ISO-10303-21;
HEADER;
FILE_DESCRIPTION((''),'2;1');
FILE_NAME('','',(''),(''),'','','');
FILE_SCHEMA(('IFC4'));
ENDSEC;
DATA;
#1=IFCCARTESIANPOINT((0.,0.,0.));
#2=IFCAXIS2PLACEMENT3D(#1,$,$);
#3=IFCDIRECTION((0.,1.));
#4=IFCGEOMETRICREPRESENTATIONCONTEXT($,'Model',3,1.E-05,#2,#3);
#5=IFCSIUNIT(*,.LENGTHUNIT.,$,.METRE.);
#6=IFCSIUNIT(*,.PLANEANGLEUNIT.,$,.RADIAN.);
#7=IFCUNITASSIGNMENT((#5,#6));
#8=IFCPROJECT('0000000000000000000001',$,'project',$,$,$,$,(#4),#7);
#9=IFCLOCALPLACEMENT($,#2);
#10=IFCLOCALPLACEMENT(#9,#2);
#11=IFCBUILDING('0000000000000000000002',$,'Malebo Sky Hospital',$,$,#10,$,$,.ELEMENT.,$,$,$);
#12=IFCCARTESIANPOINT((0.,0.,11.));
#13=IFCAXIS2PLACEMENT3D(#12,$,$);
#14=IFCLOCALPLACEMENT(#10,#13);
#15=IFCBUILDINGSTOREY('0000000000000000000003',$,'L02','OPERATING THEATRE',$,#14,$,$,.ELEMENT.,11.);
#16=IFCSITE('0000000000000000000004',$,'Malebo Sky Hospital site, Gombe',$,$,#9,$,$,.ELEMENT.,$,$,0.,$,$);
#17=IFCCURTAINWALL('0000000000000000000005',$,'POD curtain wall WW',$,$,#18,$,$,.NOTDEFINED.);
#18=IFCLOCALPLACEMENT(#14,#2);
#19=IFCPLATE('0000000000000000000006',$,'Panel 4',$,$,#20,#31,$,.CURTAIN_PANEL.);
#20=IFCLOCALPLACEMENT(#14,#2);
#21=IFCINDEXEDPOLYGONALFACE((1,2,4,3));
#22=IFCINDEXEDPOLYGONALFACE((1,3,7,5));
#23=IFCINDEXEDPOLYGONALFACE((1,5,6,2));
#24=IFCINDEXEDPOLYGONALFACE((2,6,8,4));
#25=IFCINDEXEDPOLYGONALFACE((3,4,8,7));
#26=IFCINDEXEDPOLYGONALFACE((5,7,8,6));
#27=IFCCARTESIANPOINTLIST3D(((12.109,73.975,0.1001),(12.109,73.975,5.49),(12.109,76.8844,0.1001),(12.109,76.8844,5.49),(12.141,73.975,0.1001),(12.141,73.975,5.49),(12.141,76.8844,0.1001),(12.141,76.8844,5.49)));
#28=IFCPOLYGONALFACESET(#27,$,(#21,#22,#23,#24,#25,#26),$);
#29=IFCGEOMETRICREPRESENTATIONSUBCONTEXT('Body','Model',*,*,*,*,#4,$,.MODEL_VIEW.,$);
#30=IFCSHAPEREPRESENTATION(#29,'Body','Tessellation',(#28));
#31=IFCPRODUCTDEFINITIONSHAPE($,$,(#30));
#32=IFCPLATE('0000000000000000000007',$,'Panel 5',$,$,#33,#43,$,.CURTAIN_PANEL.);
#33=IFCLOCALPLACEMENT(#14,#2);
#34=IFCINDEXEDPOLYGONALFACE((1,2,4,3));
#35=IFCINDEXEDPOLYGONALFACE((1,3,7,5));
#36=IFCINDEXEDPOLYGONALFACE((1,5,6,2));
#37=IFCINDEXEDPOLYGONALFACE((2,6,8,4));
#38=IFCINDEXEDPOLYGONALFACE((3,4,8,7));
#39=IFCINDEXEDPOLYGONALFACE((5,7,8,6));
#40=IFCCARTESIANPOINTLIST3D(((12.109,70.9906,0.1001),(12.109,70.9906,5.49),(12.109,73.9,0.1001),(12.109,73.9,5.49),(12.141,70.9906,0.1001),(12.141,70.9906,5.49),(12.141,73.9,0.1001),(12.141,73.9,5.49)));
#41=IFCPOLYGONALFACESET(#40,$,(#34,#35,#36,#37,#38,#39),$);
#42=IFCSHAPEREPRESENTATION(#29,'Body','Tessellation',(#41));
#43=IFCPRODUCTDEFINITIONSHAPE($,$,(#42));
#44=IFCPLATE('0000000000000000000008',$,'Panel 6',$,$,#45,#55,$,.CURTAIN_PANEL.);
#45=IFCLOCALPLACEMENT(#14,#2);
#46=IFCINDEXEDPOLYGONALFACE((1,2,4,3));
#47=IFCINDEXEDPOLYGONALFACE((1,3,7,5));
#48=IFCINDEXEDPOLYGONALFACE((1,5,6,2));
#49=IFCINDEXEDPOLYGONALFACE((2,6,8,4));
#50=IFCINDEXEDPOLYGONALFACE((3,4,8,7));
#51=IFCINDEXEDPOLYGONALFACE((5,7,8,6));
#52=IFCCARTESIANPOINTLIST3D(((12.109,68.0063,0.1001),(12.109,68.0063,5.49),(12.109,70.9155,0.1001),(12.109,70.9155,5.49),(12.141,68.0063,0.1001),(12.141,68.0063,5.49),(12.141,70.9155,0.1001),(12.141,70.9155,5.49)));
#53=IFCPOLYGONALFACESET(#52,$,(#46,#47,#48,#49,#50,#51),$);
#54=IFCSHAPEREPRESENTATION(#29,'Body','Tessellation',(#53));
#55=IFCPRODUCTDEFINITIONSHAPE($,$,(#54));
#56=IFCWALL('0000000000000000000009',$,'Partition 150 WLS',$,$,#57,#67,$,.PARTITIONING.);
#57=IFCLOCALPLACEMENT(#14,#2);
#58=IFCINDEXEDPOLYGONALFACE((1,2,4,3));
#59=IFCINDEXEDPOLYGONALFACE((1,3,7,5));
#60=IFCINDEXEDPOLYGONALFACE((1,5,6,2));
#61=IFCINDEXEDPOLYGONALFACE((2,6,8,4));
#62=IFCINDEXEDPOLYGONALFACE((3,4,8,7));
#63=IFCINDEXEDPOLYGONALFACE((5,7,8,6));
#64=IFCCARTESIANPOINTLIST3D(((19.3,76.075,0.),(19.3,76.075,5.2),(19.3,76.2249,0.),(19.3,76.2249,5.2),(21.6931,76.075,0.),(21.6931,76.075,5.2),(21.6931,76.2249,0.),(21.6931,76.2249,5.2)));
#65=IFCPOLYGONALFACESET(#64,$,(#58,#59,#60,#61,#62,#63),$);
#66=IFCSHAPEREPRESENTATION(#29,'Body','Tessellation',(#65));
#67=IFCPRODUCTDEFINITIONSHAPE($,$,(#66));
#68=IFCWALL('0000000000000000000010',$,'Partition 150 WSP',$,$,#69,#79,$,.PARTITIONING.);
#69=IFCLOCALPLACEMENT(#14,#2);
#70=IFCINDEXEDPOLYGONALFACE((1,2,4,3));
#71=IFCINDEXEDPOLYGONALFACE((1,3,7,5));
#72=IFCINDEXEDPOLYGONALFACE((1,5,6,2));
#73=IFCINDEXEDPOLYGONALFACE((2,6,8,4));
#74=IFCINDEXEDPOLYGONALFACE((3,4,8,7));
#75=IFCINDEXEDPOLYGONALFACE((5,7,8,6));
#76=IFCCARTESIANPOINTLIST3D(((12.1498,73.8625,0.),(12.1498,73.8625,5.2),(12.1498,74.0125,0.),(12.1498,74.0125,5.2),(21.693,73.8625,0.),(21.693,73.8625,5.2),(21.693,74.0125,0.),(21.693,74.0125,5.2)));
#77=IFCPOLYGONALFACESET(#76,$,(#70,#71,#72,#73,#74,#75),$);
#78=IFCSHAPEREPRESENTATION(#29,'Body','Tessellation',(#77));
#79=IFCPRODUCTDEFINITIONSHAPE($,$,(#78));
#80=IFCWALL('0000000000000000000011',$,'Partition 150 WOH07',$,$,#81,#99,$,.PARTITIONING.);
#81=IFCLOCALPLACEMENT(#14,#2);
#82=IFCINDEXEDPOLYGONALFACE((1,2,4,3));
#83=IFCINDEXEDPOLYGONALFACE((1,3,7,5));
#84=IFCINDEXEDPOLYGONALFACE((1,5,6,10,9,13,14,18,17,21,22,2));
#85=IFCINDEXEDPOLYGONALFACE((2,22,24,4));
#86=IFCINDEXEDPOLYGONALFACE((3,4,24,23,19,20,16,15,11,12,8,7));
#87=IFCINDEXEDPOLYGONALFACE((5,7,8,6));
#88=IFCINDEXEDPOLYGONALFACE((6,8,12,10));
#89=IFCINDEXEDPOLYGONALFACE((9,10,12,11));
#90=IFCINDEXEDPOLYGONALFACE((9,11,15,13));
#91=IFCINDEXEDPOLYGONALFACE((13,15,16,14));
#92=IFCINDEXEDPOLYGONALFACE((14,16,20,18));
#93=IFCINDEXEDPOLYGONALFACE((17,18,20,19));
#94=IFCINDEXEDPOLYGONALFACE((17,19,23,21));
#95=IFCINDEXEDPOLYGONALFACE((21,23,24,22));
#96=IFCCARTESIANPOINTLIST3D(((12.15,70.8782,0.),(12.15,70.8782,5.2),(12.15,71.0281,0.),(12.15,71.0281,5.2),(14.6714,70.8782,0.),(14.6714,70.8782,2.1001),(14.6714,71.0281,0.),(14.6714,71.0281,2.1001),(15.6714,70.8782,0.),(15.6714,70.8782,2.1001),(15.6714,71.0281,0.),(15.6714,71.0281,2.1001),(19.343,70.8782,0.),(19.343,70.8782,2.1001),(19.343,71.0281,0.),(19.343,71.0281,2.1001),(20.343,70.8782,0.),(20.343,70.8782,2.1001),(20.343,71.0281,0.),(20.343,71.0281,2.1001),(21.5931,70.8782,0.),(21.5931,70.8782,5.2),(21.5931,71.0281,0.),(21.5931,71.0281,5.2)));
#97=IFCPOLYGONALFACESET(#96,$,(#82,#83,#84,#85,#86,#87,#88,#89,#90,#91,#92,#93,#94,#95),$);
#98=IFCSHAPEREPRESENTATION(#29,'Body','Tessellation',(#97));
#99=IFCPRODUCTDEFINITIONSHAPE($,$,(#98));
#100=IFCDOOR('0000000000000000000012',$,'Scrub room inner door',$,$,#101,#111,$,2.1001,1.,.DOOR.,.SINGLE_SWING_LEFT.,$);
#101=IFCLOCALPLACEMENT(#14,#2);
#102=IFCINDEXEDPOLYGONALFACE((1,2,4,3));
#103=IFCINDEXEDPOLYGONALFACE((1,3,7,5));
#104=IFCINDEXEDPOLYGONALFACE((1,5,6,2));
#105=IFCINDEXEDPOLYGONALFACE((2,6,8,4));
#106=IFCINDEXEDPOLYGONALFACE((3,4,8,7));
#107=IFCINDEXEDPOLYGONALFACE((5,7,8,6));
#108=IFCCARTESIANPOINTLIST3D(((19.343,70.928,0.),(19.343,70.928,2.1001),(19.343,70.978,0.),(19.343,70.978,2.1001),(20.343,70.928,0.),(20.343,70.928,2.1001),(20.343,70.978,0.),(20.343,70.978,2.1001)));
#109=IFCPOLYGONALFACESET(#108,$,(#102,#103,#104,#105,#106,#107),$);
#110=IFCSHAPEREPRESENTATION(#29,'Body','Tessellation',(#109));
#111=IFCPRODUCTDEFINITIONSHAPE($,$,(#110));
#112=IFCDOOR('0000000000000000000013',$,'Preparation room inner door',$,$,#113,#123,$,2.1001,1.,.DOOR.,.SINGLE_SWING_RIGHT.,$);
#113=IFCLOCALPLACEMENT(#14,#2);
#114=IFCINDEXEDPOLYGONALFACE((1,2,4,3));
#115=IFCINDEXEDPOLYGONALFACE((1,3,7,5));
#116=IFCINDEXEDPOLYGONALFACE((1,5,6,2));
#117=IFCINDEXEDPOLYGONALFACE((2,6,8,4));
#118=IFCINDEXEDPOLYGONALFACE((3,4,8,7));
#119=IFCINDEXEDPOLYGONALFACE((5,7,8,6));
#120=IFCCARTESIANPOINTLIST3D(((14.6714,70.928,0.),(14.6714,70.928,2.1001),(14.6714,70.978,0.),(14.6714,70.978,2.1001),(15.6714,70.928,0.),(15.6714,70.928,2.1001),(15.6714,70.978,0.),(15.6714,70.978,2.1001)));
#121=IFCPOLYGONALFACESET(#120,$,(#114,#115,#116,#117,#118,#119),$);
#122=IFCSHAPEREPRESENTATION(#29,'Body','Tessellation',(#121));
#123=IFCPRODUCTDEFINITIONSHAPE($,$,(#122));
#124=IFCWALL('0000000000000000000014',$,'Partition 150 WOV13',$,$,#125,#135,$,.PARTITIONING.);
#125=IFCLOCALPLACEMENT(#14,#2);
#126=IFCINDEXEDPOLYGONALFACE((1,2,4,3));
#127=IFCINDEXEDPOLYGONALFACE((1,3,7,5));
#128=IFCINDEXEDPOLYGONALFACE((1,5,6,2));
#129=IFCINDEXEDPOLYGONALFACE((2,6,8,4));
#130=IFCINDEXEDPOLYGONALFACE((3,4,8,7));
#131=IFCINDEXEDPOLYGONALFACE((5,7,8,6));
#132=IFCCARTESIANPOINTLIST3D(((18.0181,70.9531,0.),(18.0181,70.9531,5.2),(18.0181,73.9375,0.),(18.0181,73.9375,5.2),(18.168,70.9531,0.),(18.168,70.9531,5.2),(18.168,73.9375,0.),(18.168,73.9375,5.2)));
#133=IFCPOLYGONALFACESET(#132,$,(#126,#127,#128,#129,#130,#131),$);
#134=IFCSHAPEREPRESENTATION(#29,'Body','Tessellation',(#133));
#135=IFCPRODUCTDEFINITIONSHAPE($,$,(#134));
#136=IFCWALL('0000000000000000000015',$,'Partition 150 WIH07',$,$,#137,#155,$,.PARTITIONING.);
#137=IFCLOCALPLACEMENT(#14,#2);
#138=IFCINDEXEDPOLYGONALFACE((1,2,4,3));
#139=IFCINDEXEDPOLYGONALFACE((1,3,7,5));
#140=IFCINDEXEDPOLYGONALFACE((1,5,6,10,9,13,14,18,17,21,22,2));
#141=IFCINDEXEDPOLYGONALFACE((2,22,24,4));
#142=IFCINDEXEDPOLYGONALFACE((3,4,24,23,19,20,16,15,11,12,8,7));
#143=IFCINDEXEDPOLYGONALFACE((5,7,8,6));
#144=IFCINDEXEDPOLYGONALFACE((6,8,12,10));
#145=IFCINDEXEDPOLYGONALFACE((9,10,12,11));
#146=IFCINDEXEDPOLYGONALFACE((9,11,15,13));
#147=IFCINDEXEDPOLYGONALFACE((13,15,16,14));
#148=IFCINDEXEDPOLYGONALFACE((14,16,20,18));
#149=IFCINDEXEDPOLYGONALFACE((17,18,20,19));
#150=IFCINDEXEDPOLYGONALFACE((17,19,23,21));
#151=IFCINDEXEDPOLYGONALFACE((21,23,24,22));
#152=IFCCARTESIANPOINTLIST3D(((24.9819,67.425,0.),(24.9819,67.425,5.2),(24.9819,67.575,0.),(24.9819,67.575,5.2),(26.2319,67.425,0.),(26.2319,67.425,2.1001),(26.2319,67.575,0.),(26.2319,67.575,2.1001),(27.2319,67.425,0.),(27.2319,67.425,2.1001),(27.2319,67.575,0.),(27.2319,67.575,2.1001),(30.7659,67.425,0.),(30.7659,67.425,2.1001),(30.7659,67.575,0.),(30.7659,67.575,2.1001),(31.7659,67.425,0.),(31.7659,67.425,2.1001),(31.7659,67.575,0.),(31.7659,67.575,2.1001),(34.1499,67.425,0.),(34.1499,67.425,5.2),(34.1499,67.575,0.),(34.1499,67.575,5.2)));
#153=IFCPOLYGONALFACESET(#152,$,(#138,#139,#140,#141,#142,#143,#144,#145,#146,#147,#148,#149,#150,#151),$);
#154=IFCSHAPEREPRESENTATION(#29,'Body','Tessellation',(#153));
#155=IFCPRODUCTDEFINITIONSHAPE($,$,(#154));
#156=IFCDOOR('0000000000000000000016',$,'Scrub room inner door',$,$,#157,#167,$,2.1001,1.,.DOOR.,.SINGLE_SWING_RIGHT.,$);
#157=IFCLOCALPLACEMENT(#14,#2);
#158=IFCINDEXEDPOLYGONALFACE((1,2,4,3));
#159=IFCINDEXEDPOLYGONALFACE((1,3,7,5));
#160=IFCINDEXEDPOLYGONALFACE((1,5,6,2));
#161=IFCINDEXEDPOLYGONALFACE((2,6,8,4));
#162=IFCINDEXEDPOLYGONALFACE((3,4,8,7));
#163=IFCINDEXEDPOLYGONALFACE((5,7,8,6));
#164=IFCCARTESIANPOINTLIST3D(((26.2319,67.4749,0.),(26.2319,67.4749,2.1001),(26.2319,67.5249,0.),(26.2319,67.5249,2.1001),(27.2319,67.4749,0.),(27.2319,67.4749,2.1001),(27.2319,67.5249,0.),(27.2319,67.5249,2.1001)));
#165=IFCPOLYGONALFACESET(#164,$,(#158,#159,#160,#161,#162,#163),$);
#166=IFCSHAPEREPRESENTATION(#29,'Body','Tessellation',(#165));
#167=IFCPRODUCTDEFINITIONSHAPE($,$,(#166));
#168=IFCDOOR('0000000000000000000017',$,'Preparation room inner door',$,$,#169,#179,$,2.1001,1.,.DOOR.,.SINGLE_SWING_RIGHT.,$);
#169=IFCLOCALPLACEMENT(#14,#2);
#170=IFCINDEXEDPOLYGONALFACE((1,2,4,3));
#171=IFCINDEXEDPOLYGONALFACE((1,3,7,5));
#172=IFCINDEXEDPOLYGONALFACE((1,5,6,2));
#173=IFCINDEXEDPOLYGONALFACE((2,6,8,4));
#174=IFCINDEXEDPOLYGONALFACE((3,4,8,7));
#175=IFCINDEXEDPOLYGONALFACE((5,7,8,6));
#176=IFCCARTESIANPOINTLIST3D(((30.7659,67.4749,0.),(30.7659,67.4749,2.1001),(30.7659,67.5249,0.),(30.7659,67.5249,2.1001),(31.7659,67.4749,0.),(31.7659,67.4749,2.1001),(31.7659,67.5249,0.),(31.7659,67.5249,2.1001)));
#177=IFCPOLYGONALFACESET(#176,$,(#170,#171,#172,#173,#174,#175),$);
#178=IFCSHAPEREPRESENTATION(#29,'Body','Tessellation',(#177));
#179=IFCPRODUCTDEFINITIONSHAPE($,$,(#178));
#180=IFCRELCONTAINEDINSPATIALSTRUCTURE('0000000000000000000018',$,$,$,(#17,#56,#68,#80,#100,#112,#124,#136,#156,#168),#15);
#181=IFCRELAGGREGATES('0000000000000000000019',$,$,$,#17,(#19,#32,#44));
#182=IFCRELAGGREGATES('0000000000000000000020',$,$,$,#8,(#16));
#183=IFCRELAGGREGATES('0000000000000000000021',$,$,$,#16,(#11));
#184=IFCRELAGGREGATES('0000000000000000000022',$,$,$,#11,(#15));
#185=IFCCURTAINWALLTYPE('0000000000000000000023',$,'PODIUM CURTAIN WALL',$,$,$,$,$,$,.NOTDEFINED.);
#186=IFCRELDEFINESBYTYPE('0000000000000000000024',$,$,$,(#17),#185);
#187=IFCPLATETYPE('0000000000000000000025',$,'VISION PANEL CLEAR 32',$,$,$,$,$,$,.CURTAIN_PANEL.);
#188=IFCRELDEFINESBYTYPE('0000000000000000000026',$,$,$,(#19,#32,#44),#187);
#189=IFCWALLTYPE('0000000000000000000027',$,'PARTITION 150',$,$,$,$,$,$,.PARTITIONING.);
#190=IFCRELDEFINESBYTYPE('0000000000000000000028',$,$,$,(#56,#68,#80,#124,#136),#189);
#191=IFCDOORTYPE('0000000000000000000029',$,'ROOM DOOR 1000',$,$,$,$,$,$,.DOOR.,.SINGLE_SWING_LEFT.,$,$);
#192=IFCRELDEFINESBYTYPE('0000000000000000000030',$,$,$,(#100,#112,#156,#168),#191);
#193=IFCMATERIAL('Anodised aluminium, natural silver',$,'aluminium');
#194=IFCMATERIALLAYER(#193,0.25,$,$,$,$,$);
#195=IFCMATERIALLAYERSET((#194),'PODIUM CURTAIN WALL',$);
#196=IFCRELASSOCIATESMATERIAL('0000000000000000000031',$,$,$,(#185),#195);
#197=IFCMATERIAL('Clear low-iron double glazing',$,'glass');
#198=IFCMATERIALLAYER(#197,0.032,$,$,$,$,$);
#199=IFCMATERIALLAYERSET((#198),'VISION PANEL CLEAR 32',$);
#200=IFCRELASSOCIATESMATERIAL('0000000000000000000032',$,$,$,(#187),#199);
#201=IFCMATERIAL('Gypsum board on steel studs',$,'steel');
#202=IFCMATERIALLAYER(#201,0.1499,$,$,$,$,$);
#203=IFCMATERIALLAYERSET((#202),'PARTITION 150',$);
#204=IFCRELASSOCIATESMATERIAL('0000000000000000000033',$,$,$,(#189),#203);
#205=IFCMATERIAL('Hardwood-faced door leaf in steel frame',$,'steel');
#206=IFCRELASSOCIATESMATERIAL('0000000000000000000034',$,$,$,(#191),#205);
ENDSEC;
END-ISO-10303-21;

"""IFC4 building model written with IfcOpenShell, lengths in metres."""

from ifc_helpers import new_model, si_unit, direction, frame, frame_2d, origin, origin_2d, place, context, subcontext, project, spatial, rectangle, extrude, material, layer, layer_set, type_object, element, fill, aggregate, save


model = new_model("IFC4")

# Units and contexts
model_context = context("Model", 3, precision=1e-05, world=origin(), true_north=direction((0.0, 1.0)))
body_context = subcontext(model_context, "Body", "Model", "MODEL_VIEW")
ifc_project = project(units=[si_unit("LENGTHUNIT", "METRE"), si_unit("PLANEANGLEUNIT", "RADIAN")], contexts=[model_context])

# Site, building, storey
site_placement = place(None, origin())
site = spatial("IfcSite", under=ifc_project, at=site_placement, Name="Malebo Sky Hospital site, Gombe", CompositionType="ELEMENT", RefElevation=0.0)
building_placement = place(site_placement, origin())
building = spatial("IfcBuilding", under=site, at=building_placement, Name="Malebo Sky Hospital", CompositionType="ELEMENT")
storey_placement = place(building_placement, frame((0.0, 0.0, 11.0)))
storey = spatial("IfcBuildingStorey", under=building, at=storey_placement, Name="L02", Description="OPERATING THEATRE", CompositionType="ELEMENT", Elevation=11.0)

# Curtain wall
ifc_material_1 = material(Name="Anodised aluminium, natural silver", Category="aluminium")
ifc_layer_1 = layer(ifc_material_1, 0.25)
ifc_layer_set_1 = layer_set([ifc_layer_1], Name="PODIUM CURTAIN WALL")
curtain_wall_type = type_object("IfcCurtainWallType", Name="PODIUM CURTAIN WALL", PredefinedType="NOTDEFINED", material=ifc_layer_set_1)
curtain_wall_placement = place(storey_placement, origin())
curtain_wall = element("IfcCurtainWall", 1, at=curtain_wall_placement, inside=storey, type_object=curtain_wall_type, Name="POD curtain wall WW", PredefinedType="NOTDEFINED")

# Plates
ifc_material_2 = material(Name="Clear low-iron double glazing", Category="glass")
ifc_layer_2 = layer(ifc_material_2, 0.032)
ifc_layer_set_2 = layer_set([ifc_layer_2], Name="VISION PANEL CLEAR 32")
plate_type = type_object("IfcPlateType", Name="VISION PANEL CLEAR 32", PredefinedType="CURTAIN_PANEL", material=ifc_layer_set_2)
plate_1_placement = place(storey_placement, frame((12.125, 75.4297, 0.1001), z_axis=(0.0, 0.0, 1.0), x_axis=(0.0, -1.0, 0.0)))
plate_1 = element("IfcPlate", 2, at=plate_1_placement, type_object=plate_type, Name="Panel 4", PredefinedType="CURTAIN_PANEL", context=body_context, shape_type="SweptSolid", body=[
    extrude(rectangle(XDim=2.9094, YDim=0.032, at=origin_2d()), origin(), (0.0, 0.0, 1.0), 5.3899),
])
plate_2_placement = place(storey_placement, frame((12.125, 72.4453, 0.1001), z_axis=(0.0, 0.0, 1.0), x_axis=(0.0, -1.0, 0.0)))
plate_2 = element("IfcPlate", 3, at=plate_2_placement, type_object=plate_type, Name="Panel 5", PredefinedType="CURTAIN_PANEL", context=body_context, shape_type="SweptSolid", body=[
    extrude(rectangle(XDim=2.9094, YDim=0.032, at=origin_2d()), origin(), (0.0, 0.0, 1.0), 5.3899),
])
plate_3_placement = place(storey_placement, frame((12.125, 69.4609, 0.1001), z_axis=(0.0, 0.0, 1.0), x_axis=(0.0, -1.0, 0.0)))
plate_3 = element("IfcPlate", 4, at=plate_3_placement, type_object=plate_type, Name="Panel 6", PredefinedType="CURTAIN_PANEL", context=body_context, shape_type="SweptSolid", body=[
    extrude(rectangle(XDim=2.9092, YDim=0.032, at=origin_2d()), origin(), (0.0, 0.0, 1.0), 5.3899),
])
aggregate(curtain_wall, [plate_1, plate_2, plate_3])

# Walls
ifc_material_3 = material(Name="Gypsum board on steel studs", Category="steel")
ifc_layer_3 = layer(ifc_material_3, 0.1499)
ifc_layer_set_3 = layer_set([ifc_layer_3], Name="PARTITION 150")
wall_type_1 = type_object("IfcWallType", Name="PARTITION 150", PredefinedType="PARTITIONING", material=ifc_layer_set_3)
wall_1_placement = place(storey_placement, frame((19.3, 76.1499, 0.0), z_axis=(0.0, 0.0, 1.0), x_axis=(1.0, 0.0, 0.0)))
element("IfcWall", 5, at=wall_1_placement, inside=storey, type_object=wall_type_1, Name="Partition 150 WLS", PredefinedType="PARTITIONING", context=body_context, shape_type="SweptSolid", body=[
    extrude(rectangle(XDim=2.3931, YDim=0.1499, at=frame_2d((1.1965, 0.0))), origin(), (0.0, 0.0, 1.0), 5.2),
])
wall_2_placement = place(storey_placement, frame((12.1499, 73.9375, 0.0), z_axis=(0.0, 0.0, 1.0), x_axis=(1.0, 0.0, 0.0)))
element("IfcWall", 6, at=wall_2_placement, inside=storey, type_object=wall_type_1, Name="Partition 150 WSP", PredefinedType="PARTITIONING", context=body_context, shape_type="SweptSolid", body=[
    extrude(rectangle(XDim=9.5432, YDim=0.1499, at=frame_2d((4.7715, 0.0))), origin(), (0.0, 0.0, 1.0), 5.2),
])

# Wall, openings, doors
wall_3_placement = place(storey_placement, frame((12.1499, 70.9531, 0.0), z_axis=(0.0, 0.0, 1.0), x_axis=(1.0, 0.0, 0.0)))
wall_3 = element("IfcWall", 7, at=wall_3_placement, inside=storey, type_object=wall_type_1, Name="Partition 150 WOH07", PredefinedType="PARTITIONING", context=body_context, shape_type="SweptSolid", body=[
    extrude(rectangle(XDim=9.4431, YDim=0.1499, at=frame_2d((4.7217, 0.0))), origin(), (0.0, 0.0, 1.0), 5.2),
])
opening_1_placement = place(wall_3_placement, frame((7.1931, 0.0, 0.0)))
opening_1 = element("IfcOpeningElement", 8, at=opening_1_placement, cuts=wall_3, PredefinedType="OPENING", context=body_context, shape_type="SweptSolid", body=[
    extrude(rectangle(XDim=1.0, YDim=2.1001, at=frame_2d((0.5, 1.05))), frame((0.0, 0.085, 0.0), z_axis=(0.0, -1.0, 0.0), x_axis=(1.0, 0.0, 0.0)), (0.0, 0.0, 1.0), 0.1699),
])
opening_2_placement = place(wall_3_placement, frame((2.5215, 0.0, 0.0)))
opening_2 = element("IfcOpeningElement", 9, at=opening_2_placement, cuts=wall_3, PredefinedType="OPENING", context=body_context, shape_type="SweptSolid", body=[
    extrude(rectangle(XDim=1.0, YDim=2.1001, at=frame_2d((0.5, 1.05))), frame((0.0, 0.085, 0.0), z_axis=(0.0, -1.0, 0.0), x_axis=(1.0, 0.0, 0.0)), (0.0, 0.0, 1.0), 0.1699),
])
ifc_material_4 = material(Name="Hardwood-faced door leaf in steel frame", Category="steel")
door_type = type_object("IfcDoorType", Name="ROOM DOOR 1000", OperationType="SINGLE_SWING_LEFT", PredefinedType="DOOR", material=ifc_material_4)
door_1_placement = place(opening_1_placement, origin())
door_1 = element("IfcDoor", 10, at=door_1_placement, inside=storey, type_object=door_type, Name="Scrub room inner door", OperationType="SINGLE_SWING_LEFT", OverallHeight=2.1001, OverallWidth=1.0, PredefinedType="DOOR", context=body_context, shape_type="SweptSolid", body=[
    extrude(rectangle(XDim=1.0, YDim=2.1001, at=frame_2d((0.5, 1.05))), frame((0.0, 0.0249, 0.0), z_axis=(0.0, -1.0, 0.0), x_axis=(1.0, 0.0, 0.0)), (0.0, 0.0, 1.0), 0.05),
])
fill(opening_1, door_1)
door_2_placement = place(opening_2_placement, origin())
door_2 = element("IfcDoor", 11, at=door_2_placement, inside=storey, type_object=door_type, Name="Preparation room inner door", OperationType="SINGLE_SWING_RIGHT", OverallHeight=2.1001, OverallWidth=1.0, PredefinedType="DOOR", context=body_context, shape_type="SweptSolid", body=[
    extrude(rectangle(XDim=1.0, YDim=2.1001, at=frame_2d((0.5, 1.05))), frame((0.0, 0.0249, 0.0), z_axis=(0.0, -1.0, 0.0), x_axis=(1.0, 0.0, 0.0)), (0.0, 0.0, 1.0), 0.05),
])
fill(opening_2, door_2)

# Wall
wall_4_placement = place(storey_placement, frame((18.093, 70.9531, 0.0), z_axis=(0.0, 0.0, 1.0), x_axis=(0.0, 1.0, 0.0)))
element("IfcWall", 12, at=wall_4_placement, inside=storey, type_object=wall_type_1, Name="Partition 150 WOV13", PredefinedType="PARTITIONING", context=body_context, shape_type="SweptSolid", body=[
    extrude(rectangle(XDim=2.9844, YDim=0.1499, at=frame_2d((1.4922, 0.0))), origin(), (0.0, 0.0, 1.0), 5.2),
])

# Wall, openings, doors
wall_5_placement = place(storey_placement, frame((24.9819, 67.5, 0.0), z_axis=(0.0, 0.0, 1.0), x_axis=(1.0, 0.0, 0.0)))
wall_5 = element("IfcWall", 13, at=wall_5_placement, inside=storey, type_object=wall_type_1, Name="Partition 150 WIH07", PredefinedType="PARTITIONING", context=body_context, shape_type="SweptSolid", body=[
    extrude(rectangle(XDim=9.168, YDim=0.1499, at=frame_2d((4.584, 0.0))), origin(), (0.0, 0.0, 1.0), 5.2),
])
opening_3_placement = place(wall_5_placement, frame((1.25, 0.0, 0.0)))
opening_3 = element("IfcOpeningElement", 14, at=opening_3_placement, cuts=wall_5, PredefinedType="OPENING", context=body_context, shape_type="SweptSolid", body=[
    extrude(rectangle(XDim=1.0, YDim=2.1001, at=frame_2d((0.5, 1.05))), frame((0.0, 0.085, 0.0), z_axis=(0.0, -1.0, 0.0), x_axis=(1.0, 0.0, 0.0)), (0.0, 0.0, 1.0), 0.1699),
])
opening_4_placement = place(wall_5_placement, frame((5.7839, 0.0, 0.0)))
opening_4 = element("IfcOpeningElement", 15, at=opening_4_placement, cuts=wall_5, PredefinedType="OPENING", context=body_context, shape_type="SweptSolid", body=[
    extrude(rectangle(XDim=1.0, YDim=2.1001, at=frame_2d((0.5, 1.05))), frame((0.0, 0.085, 0.0), z_axis=(0.0, -1.0, 0.0), x_axis=(1.0, 0.0, 0.0)), (0.0, 0.0, 1.0), 0.1699),
])
door_3_placement = place(opening_3_placement, origin())
door_3 = element("IfcDoor", 16, at=door_3_placement, inside=storey, type_object=door_type, Name="Scrub room inner door", OperationType="SINGLE_SWING_RIGHT", OverallHeight=2.1001, OverallWidth=1.0, PredefinedType="DOOR", context=body_context, shape_type="SweptSolid", body=[
    extrude(rectangle(XDim=1.0, YDim=2.1001, at=frame_2d((0.5, 1.05))), frame((0.0, 0.0249, 0.0), z_axis=(0.0, -1.0, 0.0), x_axis=(1.0, 0.0, 0.0)), (0.0, 0.0, 1.0), 0.05),
])
fill(opening_3, door_3)
door_4_placement = place(opening_4_placement, origin())
door_4 = element("IfcDoor", 17, at=door_4_placement, inside=storey, type_object=door_type, Name="Preparation room inner door", OperationType="SINGLE_SWING_RIGHT", OverallHeight=2.1001, OverallWidth=1.0, PredefinedType="DOOR", context=body_context, shape_type="SweptSolid", body=[
    extrude(rectangle(XDim=1.0, YDim=2.1001, at=frame_2d((0.5, 1.05))), frame((0.0, 0.0249, 0.0), z_axis=(0.0, -1.0, 0.0), x_axis=(1.0, 0.0, 0.0)), (0.0, 0.0, 1.0), 0.05),
])
fill(opening_4, door_4)

save(model, "model.ifc")
